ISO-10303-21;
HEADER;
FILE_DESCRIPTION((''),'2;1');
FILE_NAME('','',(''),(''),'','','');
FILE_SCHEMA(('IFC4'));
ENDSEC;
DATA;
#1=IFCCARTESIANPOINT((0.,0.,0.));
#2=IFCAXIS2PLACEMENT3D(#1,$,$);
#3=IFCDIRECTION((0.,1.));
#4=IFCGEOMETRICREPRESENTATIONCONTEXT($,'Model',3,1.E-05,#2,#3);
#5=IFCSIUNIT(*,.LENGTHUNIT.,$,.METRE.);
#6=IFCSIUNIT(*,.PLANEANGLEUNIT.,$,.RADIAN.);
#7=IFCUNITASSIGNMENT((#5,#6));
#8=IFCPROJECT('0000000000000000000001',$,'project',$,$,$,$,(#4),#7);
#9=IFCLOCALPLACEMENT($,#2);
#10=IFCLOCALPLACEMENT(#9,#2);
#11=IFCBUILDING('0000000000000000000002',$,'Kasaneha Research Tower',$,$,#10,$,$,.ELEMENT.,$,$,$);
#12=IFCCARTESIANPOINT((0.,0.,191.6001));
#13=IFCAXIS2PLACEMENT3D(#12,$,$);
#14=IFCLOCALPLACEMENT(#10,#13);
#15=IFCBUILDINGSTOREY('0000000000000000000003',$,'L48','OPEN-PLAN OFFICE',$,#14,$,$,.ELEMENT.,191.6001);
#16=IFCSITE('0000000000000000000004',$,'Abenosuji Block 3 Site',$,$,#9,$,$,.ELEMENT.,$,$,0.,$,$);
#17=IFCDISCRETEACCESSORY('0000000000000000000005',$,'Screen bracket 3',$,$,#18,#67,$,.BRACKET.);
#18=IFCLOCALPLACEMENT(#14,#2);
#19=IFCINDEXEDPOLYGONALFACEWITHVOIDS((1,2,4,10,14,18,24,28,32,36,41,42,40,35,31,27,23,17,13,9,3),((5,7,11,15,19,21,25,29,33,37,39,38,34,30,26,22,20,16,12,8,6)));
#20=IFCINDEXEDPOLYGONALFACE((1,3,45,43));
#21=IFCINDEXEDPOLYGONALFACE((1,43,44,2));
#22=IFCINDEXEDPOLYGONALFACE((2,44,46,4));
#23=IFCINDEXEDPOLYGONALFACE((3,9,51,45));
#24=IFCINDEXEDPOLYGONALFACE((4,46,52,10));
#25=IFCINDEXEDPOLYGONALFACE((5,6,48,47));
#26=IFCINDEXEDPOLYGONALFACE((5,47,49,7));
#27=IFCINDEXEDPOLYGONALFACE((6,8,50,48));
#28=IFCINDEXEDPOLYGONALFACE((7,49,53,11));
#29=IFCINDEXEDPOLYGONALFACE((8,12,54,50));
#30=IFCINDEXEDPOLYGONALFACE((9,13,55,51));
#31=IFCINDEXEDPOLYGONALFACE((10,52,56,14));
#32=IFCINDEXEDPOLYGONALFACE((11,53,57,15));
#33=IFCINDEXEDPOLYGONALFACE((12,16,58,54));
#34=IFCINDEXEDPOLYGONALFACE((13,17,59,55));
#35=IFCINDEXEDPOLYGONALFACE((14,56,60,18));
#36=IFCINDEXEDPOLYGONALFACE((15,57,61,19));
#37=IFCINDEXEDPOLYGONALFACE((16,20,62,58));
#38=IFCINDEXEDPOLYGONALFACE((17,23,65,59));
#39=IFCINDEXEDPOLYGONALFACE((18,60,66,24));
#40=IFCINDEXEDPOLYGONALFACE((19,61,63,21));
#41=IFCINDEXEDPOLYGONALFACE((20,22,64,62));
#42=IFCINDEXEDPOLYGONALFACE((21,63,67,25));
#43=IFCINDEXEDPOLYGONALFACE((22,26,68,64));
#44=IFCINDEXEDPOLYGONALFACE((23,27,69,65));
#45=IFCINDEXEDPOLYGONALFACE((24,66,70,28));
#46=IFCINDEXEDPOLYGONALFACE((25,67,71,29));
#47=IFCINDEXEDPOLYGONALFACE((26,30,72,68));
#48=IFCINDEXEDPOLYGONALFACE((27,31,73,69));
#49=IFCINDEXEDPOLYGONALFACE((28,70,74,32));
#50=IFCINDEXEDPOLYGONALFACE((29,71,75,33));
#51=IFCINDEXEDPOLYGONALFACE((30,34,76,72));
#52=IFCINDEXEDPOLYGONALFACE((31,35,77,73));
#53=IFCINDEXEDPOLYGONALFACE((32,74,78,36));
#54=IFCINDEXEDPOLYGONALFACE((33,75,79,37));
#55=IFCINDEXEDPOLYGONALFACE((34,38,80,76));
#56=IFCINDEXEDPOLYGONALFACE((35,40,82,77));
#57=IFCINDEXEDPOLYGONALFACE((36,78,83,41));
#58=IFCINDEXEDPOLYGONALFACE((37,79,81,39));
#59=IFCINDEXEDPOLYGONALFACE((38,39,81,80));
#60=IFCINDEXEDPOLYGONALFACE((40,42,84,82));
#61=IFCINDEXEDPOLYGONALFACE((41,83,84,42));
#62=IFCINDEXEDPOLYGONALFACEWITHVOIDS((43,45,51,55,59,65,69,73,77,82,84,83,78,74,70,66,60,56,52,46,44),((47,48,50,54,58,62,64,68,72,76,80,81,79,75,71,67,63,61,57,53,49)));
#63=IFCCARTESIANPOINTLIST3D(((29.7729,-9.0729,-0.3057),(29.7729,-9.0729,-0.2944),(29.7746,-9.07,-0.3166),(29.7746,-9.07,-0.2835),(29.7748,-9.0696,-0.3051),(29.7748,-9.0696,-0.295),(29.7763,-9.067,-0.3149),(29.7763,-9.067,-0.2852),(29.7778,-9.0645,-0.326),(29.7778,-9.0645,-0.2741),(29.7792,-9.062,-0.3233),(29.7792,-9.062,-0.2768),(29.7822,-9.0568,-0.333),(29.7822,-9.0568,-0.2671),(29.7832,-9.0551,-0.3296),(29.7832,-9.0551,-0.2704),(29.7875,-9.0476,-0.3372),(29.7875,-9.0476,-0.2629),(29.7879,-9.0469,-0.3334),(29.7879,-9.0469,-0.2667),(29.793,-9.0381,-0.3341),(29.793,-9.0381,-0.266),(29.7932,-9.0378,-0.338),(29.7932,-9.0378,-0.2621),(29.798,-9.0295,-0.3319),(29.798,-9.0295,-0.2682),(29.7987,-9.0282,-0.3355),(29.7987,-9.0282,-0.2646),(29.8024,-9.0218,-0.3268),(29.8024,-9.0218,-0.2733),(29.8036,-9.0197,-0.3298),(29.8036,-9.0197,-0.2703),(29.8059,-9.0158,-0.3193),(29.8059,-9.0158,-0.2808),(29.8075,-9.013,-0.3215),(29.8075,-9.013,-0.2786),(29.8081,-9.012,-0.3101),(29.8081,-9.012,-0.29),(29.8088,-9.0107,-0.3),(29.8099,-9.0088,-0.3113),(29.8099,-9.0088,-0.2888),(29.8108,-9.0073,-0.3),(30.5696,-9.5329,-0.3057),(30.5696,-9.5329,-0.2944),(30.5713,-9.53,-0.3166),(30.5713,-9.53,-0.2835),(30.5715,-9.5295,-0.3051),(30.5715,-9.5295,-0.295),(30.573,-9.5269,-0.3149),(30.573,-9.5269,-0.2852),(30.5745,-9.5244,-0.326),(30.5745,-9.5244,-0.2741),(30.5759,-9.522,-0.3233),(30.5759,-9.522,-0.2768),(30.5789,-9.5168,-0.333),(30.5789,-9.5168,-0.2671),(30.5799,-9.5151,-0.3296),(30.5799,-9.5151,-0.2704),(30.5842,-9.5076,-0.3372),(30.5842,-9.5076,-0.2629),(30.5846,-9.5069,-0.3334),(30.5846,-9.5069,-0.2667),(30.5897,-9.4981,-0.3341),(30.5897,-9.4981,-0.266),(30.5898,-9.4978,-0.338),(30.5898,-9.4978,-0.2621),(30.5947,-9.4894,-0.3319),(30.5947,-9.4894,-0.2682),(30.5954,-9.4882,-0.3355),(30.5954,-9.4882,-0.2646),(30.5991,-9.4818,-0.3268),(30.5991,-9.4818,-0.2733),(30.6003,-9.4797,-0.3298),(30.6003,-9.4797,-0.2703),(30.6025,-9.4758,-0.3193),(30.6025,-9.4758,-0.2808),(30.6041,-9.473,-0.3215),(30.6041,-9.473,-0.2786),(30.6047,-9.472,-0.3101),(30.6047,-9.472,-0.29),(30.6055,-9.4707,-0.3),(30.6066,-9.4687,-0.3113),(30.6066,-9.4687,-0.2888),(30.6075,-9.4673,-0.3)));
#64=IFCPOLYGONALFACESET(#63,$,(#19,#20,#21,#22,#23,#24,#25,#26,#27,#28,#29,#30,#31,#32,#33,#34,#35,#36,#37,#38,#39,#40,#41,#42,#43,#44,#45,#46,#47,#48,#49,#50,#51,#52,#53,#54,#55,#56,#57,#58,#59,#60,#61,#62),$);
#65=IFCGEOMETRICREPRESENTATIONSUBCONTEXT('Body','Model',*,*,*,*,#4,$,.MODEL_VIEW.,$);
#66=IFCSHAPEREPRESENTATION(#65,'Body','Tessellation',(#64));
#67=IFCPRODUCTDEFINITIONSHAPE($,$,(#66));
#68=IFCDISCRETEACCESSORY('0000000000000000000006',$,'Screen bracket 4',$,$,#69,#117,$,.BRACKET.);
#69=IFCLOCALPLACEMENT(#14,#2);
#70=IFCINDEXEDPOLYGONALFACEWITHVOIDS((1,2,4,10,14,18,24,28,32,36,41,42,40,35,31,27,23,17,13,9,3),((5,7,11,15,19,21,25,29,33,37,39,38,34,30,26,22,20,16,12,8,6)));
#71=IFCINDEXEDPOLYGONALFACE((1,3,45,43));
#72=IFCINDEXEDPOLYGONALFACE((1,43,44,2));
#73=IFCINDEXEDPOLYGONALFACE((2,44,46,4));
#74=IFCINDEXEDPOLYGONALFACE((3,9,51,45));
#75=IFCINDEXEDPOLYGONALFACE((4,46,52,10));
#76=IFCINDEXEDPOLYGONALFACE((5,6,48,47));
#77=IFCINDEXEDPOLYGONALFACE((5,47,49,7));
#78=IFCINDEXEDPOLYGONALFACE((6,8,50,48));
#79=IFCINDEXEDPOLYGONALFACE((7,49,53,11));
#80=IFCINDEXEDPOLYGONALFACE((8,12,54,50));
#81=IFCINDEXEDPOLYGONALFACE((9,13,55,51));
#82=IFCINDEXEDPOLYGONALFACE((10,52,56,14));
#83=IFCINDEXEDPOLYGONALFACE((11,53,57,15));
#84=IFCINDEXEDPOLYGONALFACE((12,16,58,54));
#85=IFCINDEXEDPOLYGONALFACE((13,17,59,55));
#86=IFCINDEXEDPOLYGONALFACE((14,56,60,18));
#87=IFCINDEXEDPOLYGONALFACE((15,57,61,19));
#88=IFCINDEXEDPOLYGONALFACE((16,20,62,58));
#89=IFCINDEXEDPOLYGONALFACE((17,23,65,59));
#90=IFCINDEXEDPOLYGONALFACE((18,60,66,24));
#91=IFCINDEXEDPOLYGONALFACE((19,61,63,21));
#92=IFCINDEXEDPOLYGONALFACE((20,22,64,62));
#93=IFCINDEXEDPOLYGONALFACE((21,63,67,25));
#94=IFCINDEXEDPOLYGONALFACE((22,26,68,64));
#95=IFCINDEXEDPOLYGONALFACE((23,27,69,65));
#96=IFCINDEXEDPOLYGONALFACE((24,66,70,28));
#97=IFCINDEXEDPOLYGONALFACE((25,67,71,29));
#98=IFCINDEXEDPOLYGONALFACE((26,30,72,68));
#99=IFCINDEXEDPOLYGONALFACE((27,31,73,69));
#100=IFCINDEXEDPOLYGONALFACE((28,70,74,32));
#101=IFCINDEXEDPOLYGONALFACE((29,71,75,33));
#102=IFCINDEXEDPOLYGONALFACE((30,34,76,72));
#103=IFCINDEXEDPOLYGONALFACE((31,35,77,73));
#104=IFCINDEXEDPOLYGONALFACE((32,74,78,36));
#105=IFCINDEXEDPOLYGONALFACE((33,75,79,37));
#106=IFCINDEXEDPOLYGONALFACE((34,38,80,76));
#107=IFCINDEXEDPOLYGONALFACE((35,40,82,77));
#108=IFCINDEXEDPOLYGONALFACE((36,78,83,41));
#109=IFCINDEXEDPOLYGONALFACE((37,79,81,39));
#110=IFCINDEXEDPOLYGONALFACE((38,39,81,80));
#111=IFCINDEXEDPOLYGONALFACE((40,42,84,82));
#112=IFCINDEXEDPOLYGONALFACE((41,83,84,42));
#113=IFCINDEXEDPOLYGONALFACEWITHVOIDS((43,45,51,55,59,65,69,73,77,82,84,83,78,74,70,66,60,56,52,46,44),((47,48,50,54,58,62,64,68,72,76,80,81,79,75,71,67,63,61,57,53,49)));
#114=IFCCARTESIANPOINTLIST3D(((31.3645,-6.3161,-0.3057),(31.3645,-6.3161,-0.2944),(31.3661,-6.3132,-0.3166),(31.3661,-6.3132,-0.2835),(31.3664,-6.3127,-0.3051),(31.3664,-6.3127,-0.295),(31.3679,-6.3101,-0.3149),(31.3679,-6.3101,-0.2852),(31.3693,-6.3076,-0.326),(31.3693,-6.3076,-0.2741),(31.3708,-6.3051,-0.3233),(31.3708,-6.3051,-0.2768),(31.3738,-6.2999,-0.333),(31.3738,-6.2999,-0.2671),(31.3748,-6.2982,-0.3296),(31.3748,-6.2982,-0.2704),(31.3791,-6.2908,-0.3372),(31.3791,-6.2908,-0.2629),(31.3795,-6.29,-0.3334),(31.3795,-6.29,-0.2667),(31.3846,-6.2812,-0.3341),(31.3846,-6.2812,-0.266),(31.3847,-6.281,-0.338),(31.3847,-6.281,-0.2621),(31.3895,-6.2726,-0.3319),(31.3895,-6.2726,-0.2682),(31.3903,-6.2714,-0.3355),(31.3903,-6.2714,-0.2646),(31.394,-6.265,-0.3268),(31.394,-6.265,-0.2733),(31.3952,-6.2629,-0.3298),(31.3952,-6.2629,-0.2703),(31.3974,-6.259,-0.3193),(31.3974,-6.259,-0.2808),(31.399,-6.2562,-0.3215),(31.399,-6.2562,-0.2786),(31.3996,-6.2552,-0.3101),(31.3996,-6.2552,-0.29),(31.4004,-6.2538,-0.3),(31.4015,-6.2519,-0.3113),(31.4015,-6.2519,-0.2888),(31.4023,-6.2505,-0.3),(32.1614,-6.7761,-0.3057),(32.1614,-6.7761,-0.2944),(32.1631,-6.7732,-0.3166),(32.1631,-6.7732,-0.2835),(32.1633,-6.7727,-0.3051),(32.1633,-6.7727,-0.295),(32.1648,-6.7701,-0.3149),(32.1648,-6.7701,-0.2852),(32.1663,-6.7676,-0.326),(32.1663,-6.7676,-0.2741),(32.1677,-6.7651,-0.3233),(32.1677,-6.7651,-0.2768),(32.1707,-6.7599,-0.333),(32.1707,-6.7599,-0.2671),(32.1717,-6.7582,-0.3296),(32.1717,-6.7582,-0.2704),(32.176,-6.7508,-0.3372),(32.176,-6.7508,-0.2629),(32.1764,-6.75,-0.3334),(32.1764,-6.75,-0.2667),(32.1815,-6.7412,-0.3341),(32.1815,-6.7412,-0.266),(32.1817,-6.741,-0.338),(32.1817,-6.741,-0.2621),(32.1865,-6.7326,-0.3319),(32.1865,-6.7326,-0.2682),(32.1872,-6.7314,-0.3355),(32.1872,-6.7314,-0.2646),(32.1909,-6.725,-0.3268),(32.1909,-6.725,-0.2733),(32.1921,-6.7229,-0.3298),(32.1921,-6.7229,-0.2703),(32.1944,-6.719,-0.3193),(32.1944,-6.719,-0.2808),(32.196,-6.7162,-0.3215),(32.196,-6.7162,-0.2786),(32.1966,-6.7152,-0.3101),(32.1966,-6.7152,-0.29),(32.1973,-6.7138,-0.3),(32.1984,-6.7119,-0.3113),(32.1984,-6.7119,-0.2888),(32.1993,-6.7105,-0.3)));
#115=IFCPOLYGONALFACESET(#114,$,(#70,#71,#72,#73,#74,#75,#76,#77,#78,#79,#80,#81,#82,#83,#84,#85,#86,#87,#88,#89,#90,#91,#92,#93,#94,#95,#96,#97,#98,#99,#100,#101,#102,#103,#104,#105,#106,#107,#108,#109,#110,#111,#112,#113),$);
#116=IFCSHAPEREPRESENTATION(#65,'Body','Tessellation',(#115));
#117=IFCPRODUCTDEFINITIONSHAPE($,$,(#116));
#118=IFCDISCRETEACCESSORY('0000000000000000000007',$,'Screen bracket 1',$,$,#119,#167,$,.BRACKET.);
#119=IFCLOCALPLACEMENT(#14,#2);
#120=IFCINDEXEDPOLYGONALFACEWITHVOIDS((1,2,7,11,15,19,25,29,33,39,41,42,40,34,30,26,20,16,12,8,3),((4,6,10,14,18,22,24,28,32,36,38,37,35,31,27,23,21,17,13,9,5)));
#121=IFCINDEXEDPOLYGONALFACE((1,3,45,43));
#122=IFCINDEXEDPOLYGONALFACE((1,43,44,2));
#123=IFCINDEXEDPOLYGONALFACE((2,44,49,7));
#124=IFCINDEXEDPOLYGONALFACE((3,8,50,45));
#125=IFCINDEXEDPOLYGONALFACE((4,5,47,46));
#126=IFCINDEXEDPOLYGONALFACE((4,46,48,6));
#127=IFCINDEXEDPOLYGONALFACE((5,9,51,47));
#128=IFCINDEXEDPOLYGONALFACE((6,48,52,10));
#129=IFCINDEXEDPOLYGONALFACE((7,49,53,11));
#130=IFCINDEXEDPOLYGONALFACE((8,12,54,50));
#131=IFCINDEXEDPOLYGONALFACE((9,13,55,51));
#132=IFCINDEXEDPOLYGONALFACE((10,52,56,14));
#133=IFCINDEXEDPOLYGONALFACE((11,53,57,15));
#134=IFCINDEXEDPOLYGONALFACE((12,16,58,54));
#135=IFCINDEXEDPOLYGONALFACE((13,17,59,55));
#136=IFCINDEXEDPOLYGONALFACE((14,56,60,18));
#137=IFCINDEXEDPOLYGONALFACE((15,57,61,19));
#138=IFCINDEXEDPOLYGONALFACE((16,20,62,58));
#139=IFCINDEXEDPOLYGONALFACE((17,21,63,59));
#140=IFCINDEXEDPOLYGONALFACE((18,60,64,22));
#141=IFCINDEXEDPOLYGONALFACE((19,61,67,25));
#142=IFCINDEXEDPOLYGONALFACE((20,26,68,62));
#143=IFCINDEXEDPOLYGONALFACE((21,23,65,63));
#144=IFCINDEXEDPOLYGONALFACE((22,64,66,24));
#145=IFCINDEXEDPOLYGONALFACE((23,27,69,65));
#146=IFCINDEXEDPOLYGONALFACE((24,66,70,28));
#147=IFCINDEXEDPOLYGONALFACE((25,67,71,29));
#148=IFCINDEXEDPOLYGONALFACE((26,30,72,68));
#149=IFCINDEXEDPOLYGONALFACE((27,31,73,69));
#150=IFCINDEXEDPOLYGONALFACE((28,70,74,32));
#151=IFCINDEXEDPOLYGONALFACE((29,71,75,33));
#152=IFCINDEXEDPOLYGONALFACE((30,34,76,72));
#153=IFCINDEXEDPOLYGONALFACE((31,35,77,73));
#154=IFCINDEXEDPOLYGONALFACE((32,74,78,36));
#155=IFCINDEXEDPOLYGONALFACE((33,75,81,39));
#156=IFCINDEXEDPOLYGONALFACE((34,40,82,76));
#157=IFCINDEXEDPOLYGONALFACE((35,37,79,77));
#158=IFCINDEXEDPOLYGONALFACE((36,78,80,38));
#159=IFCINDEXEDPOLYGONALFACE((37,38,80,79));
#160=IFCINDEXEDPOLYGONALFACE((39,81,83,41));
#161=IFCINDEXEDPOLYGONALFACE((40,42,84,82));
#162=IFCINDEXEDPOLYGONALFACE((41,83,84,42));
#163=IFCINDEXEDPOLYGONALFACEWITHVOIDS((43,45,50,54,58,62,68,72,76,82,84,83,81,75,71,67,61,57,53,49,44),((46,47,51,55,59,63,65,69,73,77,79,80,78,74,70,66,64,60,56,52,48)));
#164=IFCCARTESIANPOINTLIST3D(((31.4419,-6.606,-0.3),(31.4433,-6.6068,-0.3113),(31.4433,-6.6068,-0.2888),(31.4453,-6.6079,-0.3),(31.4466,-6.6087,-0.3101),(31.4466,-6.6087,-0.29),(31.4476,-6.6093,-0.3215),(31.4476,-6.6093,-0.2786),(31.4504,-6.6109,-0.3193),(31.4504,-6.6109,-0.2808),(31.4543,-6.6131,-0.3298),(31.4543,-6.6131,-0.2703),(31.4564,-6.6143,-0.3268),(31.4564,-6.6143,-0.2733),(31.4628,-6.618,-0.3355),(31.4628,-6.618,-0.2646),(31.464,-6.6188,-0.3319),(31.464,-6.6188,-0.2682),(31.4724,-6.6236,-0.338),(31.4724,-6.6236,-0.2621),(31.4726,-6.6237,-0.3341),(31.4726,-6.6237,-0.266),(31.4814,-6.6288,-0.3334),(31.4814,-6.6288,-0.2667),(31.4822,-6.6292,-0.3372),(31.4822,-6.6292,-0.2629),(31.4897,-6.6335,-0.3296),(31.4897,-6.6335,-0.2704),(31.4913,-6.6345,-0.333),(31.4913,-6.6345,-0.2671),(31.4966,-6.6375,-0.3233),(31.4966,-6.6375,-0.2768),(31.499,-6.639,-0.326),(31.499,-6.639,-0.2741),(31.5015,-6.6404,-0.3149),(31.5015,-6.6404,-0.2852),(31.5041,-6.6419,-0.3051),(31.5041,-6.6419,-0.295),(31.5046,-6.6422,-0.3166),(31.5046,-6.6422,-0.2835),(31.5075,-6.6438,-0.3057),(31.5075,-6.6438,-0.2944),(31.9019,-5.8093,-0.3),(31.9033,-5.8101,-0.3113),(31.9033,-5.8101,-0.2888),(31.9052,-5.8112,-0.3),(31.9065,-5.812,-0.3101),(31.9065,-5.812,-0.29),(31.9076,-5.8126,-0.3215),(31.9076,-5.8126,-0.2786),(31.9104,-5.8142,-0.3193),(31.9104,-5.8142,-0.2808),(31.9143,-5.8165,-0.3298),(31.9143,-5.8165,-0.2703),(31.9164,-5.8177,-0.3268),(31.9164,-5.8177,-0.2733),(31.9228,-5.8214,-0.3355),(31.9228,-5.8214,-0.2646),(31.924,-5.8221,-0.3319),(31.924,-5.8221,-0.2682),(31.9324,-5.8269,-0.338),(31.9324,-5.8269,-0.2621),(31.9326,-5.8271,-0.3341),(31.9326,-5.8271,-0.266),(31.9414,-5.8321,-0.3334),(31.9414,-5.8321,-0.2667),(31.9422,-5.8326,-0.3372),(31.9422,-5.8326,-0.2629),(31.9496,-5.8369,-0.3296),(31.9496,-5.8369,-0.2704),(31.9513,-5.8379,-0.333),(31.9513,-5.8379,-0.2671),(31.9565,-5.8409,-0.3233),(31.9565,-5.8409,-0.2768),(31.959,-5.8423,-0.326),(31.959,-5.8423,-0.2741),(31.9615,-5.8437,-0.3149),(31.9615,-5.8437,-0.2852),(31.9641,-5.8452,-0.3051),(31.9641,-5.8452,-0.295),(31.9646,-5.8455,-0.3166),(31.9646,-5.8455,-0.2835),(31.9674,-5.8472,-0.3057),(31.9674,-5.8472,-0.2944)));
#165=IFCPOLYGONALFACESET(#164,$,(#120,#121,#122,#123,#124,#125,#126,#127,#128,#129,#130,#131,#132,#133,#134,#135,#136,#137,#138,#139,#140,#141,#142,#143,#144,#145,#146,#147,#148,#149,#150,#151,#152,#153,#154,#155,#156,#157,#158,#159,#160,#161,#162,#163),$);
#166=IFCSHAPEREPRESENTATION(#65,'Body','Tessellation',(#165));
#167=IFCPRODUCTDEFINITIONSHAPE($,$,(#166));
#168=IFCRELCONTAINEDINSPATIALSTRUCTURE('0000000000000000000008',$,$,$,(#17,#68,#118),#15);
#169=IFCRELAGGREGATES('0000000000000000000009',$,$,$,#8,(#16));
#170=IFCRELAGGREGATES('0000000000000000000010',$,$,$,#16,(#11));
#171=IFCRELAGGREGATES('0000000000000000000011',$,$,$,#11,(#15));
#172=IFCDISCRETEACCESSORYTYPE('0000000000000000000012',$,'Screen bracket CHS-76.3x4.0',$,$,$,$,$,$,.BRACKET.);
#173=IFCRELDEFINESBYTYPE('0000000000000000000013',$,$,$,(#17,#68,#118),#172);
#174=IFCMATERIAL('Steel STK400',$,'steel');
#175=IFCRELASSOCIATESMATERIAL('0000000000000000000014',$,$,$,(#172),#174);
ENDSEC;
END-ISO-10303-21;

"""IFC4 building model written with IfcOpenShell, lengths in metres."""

from ifc_helpers import new_model, si_unit, direction, frame, origin, origin_2d, place, context, subcontext, project, spatial, hollow_circle, extrude, material, material_profile, profile_set, type_object, element, save


model = new_model("IFC4")

# Units and contexts
model_context = context("Model", 3, precision=1e-05, world=origin(), true_north=direction((0.0, 1.0)))
body_context = subcontext(model_context, "Body", "Model", "MODEL_VIEW")
ifc_project = project(units=[si_unit("LENGTHUNIT", "METRE"), si_unit("PLANEANGLEUNIT", "RADIAN")], contexts=[model_context])

# Site, building, storey
site_placement = place(None, origin())
site = spatial("IfcSite", under=ifc_project, at=site_placement, Name="Abenosuji Block 3 Site", CompositionType="ELEMENT", RefElevation=0.0)
building_placement = place(site_placement, origin())
building = spatial("IfcBuilding", under=site, at=building_placement, Name="Kasaneha Research Tower", CompositionType="ELEMENT")
storey_placement = place(building_placement, frame((0.0, 0.0, 191.6001)))
storey = spatial("IfcBuildingStorey", under=building, at=storey_placement, Name="L48", Description="OPEN-PLAN OFFICE", CompositionType="ELEMENT", Elevation=191.6001)

# Discrete accessories
ifc_material_1 = material(Name="Steel STK400", Category="steel")
ifc_material_profile_1 = material_profile(ifc_material_1, hollow_circle(Radius=0.0381, WallThickness=0.0039, at=origin_2d()), Name="CHS-76.3x4.0")
ifc_profile_set_1 = profile_set([ifc_material_profile_1], Name="Steel STK400")
discrete_accessory_type = type_object("IfcDiscreteAccessoryType", Name="Screen bracket CHS-76.3x4.0", PredefinedType="BRACKET", material=ifc_profile_set_1)
discrete_accessory_1_placement = place(storey_placement, frame((29.7917, -9.0403, -0.3), z_axis=(0.866013, -0.500021, 0.0), x_axis=(0.500021, 0.866013, 0.0)))
element("IfcDiscreteAccessory", 1, at=discrete_accessory_1_placement, inside=storey, type_object=discrete_accessory_type, Name="Screen bracket 3", PredefinedType="BRACKET", context=body_context, shape_type="SweptSolid", body=[
    extrude(hollow_circle(Radius=0.0381, WallThickness=0.0039, at=origin_2d()), origin(), (0.0, 0.0, 1.0), 0.9199),
])
discrete_accessory_2_placement = place(storey_placement, frame((31.3833, -6.2834, -0.3), z_axis=(0.86608, -0.499906, 0.0), x_axis=(0.499906, 0.86608, 0.0)))
element("IfcDiscreteAccessory", 2, at=discrete_accessory_2_placement, inside=storey, type_object=discrete_accessory_type, Name="Screen bracket 4", PredefinedType="BRACKET", context=body_context, shape_type="SweptSolid", body=[
    extrude(hollow_circle(Radius=0.0381, WallThickness=0.0039, at=origin_2d()), origin(), (0.0, 0.0, 1.0), 0.9202),
])
discrete_accessory_3_placement = place(storey_placement, frame((31.4749, -6.625, -0.3), z_axis=(0.500021, 0.866013, 0.0), x_axis=(-0.866013, 0.500021, 0.0)))
element("IfcDiscreteAccessory", 3, at=discrete_accessory_3_placement, inside=storey, type_object=discrete_accessory_type, Name="Screen bracket 1", PredefinedType="BRACKET", context=body_context, shape_type="SweptSolid", body=[
    extrude(hollow_circle(Radius=0.0381, WallThickness=0.0039, at=origin_2d()), origin(), (0.0, 0.0, 1.0), 0.9199),
])

save(model, "model.ifc")
